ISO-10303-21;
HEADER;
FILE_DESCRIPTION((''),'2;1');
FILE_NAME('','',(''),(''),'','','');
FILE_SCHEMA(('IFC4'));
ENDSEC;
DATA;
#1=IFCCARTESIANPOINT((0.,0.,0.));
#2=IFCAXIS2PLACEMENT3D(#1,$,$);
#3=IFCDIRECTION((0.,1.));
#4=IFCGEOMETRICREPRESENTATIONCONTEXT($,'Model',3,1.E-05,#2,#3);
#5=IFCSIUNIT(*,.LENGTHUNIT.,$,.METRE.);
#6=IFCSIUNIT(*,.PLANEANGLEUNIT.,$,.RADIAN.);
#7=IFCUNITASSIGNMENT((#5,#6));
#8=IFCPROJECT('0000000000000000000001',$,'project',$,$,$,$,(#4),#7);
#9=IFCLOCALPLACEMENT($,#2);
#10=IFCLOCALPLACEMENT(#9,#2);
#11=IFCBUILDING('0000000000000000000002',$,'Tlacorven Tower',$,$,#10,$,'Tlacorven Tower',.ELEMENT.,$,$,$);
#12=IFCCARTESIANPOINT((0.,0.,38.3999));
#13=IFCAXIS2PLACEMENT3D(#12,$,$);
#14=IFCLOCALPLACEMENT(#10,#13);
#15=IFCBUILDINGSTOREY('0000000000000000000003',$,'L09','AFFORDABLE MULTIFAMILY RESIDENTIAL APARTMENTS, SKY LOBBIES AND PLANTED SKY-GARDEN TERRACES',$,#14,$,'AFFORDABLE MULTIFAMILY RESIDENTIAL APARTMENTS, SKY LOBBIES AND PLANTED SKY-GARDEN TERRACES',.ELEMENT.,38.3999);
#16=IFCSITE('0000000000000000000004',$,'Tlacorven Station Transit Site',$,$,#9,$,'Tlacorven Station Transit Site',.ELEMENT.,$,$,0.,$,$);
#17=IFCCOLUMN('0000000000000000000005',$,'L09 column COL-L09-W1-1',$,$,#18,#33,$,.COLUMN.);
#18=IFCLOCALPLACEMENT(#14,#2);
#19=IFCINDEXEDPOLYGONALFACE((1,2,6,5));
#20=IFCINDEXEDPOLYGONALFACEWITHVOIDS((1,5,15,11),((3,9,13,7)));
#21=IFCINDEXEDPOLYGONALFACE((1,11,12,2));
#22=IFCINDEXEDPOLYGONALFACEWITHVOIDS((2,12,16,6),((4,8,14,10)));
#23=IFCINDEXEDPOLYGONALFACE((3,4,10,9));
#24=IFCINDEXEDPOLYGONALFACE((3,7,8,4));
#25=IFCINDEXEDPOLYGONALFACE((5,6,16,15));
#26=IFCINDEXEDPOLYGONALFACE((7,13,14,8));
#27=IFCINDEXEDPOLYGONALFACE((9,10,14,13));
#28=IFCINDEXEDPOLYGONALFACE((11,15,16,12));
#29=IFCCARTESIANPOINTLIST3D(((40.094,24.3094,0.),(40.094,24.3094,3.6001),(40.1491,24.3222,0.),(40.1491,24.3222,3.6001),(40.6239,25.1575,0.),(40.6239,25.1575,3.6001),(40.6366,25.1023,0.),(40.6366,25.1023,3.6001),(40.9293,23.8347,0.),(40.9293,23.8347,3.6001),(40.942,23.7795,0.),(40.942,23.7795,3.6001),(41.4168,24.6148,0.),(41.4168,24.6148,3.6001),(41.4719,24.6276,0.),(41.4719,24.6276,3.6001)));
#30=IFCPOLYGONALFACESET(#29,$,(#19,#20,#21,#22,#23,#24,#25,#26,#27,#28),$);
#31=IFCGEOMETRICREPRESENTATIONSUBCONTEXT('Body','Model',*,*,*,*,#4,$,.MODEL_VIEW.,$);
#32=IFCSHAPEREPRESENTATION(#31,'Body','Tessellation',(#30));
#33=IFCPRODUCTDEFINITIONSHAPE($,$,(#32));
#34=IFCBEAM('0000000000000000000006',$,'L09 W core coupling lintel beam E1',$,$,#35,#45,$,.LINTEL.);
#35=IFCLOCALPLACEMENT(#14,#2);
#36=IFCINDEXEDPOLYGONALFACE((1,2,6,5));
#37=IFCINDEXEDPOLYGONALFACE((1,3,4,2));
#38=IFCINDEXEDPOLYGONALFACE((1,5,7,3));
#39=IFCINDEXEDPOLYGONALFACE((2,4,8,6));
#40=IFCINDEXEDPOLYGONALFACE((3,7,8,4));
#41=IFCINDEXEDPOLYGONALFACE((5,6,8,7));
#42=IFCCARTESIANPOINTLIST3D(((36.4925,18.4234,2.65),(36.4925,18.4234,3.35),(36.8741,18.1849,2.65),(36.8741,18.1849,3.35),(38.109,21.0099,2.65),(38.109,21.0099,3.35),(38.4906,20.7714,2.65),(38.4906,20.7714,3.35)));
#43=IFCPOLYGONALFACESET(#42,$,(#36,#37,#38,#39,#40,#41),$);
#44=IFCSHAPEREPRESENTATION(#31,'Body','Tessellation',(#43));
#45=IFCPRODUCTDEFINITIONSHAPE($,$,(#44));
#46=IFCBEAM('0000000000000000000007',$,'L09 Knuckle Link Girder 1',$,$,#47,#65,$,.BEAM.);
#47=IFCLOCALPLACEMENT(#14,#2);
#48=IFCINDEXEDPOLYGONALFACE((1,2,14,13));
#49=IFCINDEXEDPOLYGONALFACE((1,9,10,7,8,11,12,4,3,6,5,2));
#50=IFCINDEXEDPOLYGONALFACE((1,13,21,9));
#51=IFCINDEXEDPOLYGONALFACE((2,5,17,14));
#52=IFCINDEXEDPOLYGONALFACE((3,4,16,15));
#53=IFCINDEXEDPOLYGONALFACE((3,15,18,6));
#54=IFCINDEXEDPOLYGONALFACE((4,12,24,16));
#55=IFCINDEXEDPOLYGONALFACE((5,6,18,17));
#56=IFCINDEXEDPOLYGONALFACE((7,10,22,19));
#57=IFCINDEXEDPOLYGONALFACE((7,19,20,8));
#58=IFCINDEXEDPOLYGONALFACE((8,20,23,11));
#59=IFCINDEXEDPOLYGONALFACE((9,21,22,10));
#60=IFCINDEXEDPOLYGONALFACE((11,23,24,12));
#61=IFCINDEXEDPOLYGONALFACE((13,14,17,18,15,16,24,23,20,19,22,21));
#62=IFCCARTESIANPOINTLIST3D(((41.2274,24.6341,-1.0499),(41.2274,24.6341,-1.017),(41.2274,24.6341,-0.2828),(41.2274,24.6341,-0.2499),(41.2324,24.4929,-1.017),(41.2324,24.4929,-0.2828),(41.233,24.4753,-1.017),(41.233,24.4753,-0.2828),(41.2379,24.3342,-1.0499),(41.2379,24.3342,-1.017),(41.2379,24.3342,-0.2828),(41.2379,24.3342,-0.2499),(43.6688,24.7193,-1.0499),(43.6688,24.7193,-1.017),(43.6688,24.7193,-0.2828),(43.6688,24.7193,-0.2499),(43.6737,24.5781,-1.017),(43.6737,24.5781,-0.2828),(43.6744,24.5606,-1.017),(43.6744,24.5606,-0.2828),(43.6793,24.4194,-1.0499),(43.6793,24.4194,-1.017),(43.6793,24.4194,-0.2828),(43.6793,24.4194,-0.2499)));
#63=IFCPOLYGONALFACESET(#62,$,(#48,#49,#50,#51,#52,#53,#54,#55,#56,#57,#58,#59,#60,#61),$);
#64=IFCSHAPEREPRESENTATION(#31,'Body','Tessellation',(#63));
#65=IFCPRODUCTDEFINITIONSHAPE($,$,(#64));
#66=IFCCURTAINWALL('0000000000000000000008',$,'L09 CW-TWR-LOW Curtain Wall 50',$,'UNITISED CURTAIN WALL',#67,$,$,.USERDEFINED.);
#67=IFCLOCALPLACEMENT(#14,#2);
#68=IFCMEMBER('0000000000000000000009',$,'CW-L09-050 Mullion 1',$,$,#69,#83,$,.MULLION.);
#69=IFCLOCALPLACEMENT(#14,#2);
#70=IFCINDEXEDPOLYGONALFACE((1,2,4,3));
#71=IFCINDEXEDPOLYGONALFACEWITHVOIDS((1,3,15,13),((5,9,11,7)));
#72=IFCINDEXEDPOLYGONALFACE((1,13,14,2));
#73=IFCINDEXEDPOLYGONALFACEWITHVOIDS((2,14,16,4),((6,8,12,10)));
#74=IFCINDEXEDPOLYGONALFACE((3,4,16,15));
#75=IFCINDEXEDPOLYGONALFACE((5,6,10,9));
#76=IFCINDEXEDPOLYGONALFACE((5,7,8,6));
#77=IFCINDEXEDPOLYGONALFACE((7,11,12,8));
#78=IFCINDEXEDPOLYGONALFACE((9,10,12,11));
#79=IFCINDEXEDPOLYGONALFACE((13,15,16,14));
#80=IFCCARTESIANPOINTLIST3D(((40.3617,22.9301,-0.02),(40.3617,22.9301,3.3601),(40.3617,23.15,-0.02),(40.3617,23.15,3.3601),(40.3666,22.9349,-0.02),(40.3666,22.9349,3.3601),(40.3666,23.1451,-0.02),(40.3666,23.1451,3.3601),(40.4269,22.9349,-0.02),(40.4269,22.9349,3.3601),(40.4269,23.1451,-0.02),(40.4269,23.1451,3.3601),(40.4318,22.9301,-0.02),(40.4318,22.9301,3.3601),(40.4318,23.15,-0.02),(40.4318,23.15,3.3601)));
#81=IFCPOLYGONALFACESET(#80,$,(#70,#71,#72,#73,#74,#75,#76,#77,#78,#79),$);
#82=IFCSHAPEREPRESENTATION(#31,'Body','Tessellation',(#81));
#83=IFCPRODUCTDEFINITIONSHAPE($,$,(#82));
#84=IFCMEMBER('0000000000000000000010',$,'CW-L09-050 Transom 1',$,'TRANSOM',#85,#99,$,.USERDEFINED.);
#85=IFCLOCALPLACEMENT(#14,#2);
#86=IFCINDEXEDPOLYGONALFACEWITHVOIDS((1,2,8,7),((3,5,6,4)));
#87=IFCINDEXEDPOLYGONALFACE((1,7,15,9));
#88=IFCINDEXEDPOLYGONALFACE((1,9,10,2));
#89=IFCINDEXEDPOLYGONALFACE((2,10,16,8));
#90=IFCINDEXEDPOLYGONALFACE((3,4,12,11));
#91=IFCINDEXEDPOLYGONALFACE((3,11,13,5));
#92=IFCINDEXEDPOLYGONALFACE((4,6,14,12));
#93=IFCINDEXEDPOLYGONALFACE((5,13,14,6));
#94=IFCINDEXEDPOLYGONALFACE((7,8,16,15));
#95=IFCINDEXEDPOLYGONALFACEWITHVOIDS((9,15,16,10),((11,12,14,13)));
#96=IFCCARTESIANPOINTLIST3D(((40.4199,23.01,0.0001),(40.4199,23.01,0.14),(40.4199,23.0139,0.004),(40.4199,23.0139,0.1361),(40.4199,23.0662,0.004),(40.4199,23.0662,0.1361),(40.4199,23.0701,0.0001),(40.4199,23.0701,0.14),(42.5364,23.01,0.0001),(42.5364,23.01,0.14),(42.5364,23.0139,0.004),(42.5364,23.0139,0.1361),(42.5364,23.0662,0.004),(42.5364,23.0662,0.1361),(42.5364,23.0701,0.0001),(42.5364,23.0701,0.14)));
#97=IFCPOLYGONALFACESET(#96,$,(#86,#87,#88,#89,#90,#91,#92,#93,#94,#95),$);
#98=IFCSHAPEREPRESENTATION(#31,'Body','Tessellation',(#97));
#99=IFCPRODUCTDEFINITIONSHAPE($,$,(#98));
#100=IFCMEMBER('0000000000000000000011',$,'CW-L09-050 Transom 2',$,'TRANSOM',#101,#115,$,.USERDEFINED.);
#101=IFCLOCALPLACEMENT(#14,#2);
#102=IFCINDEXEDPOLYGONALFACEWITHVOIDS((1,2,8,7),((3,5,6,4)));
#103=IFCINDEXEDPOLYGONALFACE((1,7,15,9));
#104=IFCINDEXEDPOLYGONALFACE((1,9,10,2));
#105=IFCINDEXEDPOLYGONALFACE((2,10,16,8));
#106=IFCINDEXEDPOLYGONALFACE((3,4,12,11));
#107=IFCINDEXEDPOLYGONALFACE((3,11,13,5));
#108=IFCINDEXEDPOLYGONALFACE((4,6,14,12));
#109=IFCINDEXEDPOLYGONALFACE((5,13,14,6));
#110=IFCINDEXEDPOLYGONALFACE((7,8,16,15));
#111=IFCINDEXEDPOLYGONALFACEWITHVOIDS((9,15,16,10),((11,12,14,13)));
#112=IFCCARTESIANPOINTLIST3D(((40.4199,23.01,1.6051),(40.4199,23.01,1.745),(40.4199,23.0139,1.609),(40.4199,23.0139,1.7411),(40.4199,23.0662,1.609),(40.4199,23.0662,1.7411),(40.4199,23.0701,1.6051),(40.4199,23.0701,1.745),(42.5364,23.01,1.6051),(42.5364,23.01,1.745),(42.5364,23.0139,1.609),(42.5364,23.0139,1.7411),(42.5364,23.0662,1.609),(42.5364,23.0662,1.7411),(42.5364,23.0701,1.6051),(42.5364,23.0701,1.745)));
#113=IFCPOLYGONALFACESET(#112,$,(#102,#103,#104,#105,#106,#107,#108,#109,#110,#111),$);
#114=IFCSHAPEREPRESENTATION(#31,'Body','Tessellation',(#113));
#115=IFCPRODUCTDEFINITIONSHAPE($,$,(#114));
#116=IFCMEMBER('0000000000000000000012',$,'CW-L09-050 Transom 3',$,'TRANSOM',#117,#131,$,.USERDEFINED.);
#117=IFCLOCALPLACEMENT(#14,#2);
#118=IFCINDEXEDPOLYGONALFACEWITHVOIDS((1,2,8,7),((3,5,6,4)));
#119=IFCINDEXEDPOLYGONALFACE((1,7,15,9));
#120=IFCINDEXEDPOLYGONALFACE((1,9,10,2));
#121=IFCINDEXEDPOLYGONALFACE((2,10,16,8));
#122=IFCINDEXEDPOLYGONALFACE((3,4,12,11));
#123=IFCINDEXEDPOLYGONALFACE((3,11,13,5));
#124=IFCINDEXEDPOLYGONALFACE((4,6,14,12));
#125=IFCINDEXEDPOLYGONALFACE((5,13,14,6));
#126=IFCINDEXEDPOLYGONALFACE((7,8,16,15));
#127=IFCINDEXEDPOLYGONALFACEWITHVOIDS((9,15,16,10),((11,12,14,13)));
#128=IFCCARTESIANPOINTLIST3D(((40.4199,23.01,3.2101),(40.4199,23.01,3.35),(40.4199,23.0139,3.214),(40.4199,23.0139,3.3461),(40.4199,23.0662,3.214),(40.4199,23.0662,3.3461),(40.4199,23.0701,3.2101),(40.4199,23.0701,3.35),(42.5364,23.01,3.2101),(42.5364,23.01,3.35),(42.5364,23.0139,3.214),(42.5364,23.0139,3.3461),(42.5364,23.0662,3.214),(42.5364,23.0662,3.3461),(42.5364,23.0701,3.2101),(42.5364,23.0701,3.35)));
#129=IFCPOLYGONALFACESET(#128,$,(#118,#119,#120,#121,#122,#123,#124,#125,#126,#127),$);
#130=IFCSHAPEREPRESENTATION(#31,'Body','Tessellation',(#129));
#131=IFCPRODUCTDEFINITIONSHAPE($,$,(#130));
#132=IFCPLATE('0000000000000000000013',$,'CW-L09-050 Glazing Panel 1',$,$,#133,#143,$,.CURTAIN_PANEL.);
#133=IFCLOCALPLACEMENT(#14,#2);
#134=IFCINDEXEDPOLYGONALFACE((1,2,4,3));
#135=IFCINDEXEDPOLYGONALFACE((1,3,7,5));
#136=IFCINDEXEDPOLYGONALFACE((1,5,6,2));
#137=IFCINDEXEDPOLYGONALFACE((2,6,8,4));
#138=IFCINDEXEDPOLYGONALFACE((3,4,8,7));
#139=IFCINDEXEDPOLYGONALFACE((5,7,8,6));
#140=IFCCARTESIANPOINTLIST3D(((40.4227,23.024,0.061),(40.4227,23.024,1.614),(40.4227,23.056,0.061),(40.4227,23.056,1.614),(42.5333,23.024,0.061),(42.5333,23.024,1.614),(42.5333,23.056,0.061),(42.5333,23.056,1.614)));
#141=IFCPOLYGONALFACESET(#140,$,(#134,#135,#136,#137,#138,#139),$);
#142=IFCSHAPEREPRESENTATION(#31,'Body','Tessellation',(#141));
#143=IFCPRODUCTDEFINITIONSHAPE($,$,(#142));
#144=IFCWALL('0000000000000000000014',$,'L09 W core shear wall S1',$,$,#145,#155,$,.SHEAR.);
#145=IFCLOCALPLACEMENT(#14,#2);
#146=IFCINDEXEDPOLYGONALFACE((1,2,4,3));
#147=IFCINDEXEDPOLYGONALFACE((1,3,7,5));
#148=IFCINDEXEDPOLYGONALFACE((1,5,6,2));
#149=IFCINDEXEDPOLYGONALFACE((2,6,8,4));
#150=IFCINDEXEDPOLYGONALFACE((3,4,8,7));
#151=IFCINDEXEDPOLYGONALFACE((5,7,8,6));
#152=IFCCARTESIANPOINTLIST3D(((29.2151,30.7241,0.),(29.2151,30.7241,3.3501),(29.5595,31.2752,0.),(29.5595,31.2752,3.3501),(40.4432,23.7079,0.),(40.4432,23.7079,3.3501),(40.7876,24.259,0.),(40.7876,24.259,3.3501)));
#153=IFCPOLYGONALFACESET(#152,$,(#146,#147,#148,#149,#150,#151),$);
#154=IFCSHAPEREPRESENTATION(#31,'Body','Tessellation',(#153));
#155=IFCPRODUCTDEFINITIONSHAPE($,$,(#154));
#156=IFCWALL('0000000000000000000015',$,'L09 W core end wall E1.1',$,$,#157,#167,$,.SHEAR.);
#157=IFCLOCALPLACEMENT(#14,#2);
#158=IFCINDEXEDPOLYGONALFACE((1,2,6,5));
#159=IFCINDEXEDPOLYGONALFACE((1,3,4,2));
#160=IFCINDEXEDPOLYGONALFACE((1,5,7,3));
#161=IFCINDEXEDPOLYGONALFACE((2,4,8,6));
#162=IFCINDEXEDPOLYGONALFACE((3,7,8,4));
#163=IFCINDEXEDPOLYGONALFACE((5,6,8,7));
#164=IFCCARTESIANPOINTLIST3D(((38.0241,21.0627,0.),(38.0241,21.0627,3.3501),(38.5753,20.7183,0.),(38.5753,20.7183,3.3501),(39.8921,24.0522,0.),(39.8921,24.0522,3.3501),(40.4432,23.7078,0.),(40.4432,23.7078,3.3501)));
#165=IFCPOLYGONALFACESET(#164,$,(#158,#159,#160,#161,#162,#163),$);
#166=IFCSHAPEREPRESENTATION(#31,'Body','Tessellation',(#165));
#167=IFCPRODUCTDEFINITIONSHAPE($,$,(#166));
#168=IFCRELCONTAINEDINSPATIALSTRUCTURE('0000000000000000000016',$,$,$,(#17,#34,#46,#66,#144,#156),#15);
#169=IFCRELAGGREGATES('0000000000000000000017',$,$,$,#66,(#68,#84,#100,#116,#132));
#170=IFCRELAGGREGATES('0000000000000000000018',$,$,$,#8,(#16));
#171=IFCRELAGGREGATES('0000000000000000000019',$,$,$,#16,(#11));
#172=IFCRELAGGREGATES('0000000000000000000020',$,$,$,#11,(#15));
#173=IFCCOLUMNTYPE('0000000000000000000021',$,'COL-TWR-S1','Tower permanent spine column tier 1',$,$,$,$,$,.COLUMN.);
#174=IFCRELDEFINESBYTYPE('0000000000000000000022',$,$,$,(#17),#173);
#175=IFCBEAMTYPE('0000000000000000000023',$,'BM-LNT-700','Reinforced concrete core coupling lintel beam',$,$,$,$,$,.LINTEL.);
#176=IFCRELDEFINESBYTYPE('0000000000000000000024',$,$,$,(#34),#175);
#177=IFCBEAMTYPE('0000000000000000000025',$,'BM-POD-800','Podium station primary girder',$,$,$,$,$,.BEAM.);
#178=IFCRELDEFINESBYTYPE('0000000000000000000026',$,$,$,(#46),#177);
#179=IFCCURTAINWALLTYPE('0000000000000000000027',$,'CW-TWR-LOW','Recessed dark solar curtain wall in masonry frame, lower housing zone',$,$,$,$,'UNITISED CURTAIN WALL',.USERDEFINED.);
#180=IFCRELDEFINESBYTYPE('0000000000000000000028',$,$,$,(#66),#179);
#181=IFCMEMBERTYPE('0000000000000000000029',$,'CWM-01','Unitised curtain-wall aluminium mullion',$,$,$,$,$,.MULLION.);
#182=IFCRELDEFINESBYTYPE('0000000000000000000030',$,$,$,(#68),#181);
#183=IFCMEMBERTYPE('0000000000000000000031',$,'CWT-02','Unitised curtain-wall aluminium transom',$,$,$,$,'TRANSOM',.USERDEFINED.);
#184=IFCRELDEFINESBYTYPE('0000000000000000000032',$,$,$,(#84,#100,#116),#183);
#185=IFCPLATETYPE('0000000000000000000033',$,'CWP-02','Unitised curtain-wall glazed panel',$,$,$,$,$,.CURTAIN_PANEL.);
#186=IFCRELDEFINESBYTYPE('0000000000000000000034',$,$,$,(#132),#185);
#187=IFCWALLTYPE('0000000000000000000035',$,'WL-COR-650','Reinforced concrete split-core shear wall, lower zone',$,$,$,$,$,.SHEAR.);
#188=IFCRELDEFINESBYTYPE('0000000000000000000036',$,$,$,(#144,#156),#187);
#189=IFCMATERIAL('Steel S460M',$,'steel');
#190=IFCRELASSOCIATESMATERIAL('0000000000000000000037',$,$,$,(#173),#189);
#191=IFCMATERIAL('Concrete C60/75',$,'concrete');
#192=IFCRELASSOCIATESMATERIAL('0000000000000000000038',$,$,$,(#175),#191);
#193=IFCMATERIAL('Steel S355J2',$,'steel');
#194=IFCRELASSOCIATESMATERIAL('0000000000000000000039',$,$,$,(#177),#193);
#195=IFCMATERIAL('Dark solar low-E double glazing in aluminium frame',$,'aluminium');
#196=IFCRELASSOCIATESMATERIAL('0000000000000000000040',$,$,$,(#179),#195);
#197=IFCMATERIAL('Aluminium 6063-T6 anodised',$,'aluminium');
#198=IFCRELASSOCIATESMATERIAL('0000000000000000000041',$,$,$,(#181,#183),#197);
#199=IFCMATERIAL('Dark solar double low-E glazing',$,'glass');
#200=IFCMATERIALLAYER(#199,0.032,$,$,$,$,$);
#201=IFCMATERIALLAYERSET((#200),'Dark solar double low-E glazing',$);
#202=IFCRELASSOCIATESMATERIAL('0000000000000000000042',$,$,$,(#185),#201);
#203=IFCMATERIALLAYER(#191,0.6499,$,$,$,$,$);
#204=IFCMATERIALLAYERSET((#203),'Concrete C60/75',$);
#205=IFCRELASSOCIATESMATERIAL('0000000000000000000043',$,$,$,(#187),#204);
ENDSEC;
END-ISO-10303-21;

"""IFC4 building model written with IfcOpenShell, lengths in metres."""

from ifc_helpers import new_model, si_unit, direction, frame, frame_2d, origin, origin_2d, place, context, subcontext, project, spatial, rectangle, hollow_rectangle, i_section, extrude, source, transform, mapped, material, layer, layer_set, material_profile, profile_set, type_object, element, aggregate, save


model = new_model("IFC4")

# Units and contexts
model_context = context("Model", 3, precision=1e-05, world=origin(), true_north=direction((0.0, 1.0)))
body_context = subcontext(model_context, "Body", "Model", "MODEL_VIEW")
ifc_project = project(units=[si_unit("LENGTHUNIT", "METRE"), si_unit("PLANEANGLEUNIT", "RADIAN")], contexts=[model_context])

# Site, building, storey
site_placement = place(None, origin())
site = spatial("IfcSite", under=ifc_project, at=site_placement, Name="Tlacorven Station Transit Site", LongName="Tlacorven Station Transit Site", CompositionType="ELEMENT", RefElevation=0.0)
building_placement = place(site_placement, origin())
building = spatial("IfcBuilding", under=site, at=building_placement, Name="Tlacorven Tower", LongName="Tlacorven Tower", CompositionType="ELEMENT")
storey_placement = place(building_placement, frame((0.0, 0.0, 38.3999)))
storey = spatial("IfcBuildingStorey", under=building, at=storey_placement, Name="L09", Description="AFFORDABLE MULTIFAMILY RESIDENTIAL APARTMENTS, SKY LOBBIES AND PLANTED SKY-GARDEN TERRACES", LongName="AFFORDABLE MULTIFAMILY RESIDENTIAL APARTMENTS, SKY LOBBIES AND PLANTED SKY-GARDEN TERRACES", CompositionType="ELEMENT", Elevation=38.3999)

# Column
ifc_material_1 = material(Name="Steel S460M", Category="steel")
ifc_material_profile_1 = material_profile(ifc_material_1, hollow_rectangle(XDim=1.0, YDim=1.0, WallThickness=0.04, at=origin_2d()), Name="BOX 1000X1000X40")
ifc_profile_set_1 = profile_set([ifc_material_profile_1], Name="Steel S460M")
column_type = type_object("IfcColumnType", Name="COL-TWR-S1", Description="Tower permanent spine column tier 1", PredefinedType="COLUMN", material=ifc_profile_set_1)
shared_shape_1 = source(origin(), body_context, "Body", "SweptSolid", [
    extrude(hollow_rectangle(XDim=1.0, YDim=1.0, WallThickness=0.04, at=origin_2d()), origin(), (0.0, 0.0, 1.0), 3.6001),
])
column_placement = place(storey_placement, frame((40.783, 24.4685, 0.0), z_axis=(0.0, 0.0, 1.0), x_axis=(-0.848048, 0.529919, 0.0)))
element("IfcColumn", 1, at=column_placement, inside=storey, type_object=column_type, Name="L09 column COL-L09-W1-1", PredefinedType="COLUMN", context=body_context, shape_type="MappedRepresentation", body=[
    mapped(shared_shape_1, transform((0.0, 0.0, 0.0), scale=1.0)),
])

# Beams
ifc_material_2 = material(Name="Concrete C60/75", Category="concrete")
ifc_material_profile_2 = material_profile(ifc_material_2, rectangle(XDim=0.45, YDim=0.7, at=origin_2d()), Name="RC 450X700")
ifc_profile_set_2 = profile_set([ifc_material_profile_2], Name="Concrete C60/75")
beam_type_1 = type_object("IfcBeamType", Name="BM-LNT-700", Description="Reinforced concrete core coupling lintel beam", PredefinedType="LINTEL", material=ifc_profile_set_2)
shared_shape_2 = source(origin(), body_context, "Body", "SweptSolid", [
    extrude(rectangle(XDim=0.45, YDim=0.7, at=origin_2d()), origin(), (0.0, 0.0, 1.0), 3.05),
])
beam_1_placement = place(storey_placement, frame((38.2998, 20.8906, 3.0), z_axis=(-0.529985, -0.848007, 0.0), x_axis=(0.848007, -0.529985, 0.0)))
element("IfcBeam", 2, at=beam_1_placement, inside=storey, type_object=beam_type_1, Name="L09 W core coupling lintel beam E1", PredefinedType="LINTEL", context=body_context, shape_type="MappedRepresentation", body=[
    mapped(shared_shape_2, transform((0.0, 0.0, 0.0), scale=1.0)),
])
ifc_material_3 = material(Name="Steel S355J2", Category="steel")
ifc_material_profile_3 = material_profile(ifc_material_3, i_section(OverallWidth=0.3, OverallDepth=0.8, WebThickness=0.0176, FlangeThickness=0.033, at=origin_2d()), Name="HEB 800")
ifc_profile_set_3 = profile_set([ifc_material_profile_3], Name="Steel S355J2")
beam_type_2 = type_object("IfcBeamType", Name="BM-POD-800", Description="Podium station primary girder", PredefinedType="BEAM", material=ifc_profile_set_3)
shared_shape_3 = source(origin(), body_context, "Body", "SweptSolid", [
    extrude(i_section(OverallWidth=0.3, OverallDepth=0.8, WebThickness=0.0176, FlangeThickness=0.033, at=origin_2d()), origin(), (0.0, 0.0, 1.0), 2.4429),
])
beam_2_placement = place(storey_placement, frame((41.2327, 24.4841, -0.6499), z_axis=(0.999392, 0.034879, 0.0), x_axis=(-0.034879, 0.999392, 0.0)))
element("IfcBeam", 3, at=beam_2_placement, inside=storey, type_object=beam_type_2, Name="L09 Knuckle Link Girder 1", PredefinedType="BEAM", context=body_context, shape_type="MappedRepresentation", body=[
    mapped(shared_shape_3, transform((0.0, 0.0, 0.0), scale=1.0)),
])

# Curtain wall, members, plate
ifc_material_4 = material(Name="Dark solar low-E double glazing in aluminium frame", Category="aluminium")
curtain_wall_type = type_object("IfcCurtainWallType", Name="CW-TWR-LOW", Description="Recessed dark solar curtain wall in masonry frame, lower housing zone", ElementType="UNITISED CURTAIN WALL", PredefinedType="USERDEFINED", material=ifc_material_4)
curtain_wall_placement = place(storey_placement, origin())
curtain_wall = element("IfcCurtainWall", 4, at=curtain_wall_placement, inside=storey, type_object=curtain_wall_type, Name="L09 CW-TWR-LOW Curtain Wall 50", ObjectType="UNITISED CURTAIN WALL", PredefinedType="USERDEFINED")
ifc_material_5 = material(Name="Aluminium 6063-T6 anodised", Category="aluminium")
ifc_material_profile_4 = material_profile(ifc_material_5, hollow_rectangle(XDim=0.0701, YDim=0.22, WallThickness=0.0049, at=origin_2d()), Name="ALU MULLION 70X220")
ifc_profile_set_4 = profile_set([ifc_material_profile_4], Name="Aluminium 6063-T6 anodised")
member_type_1 = type_object("IfcMemberType", Name="CWM-01", Description="Unitised curtain-wall aluminium mullion", PredefinedType="MULLION", material=ifc_profile_set_4)
shared_shape_4 = source(origin(), body_context, "Body", "SweptSolid", [
    extrude(hollow_rectangle(XDim=0.0701, YDim=0.22, WallThickness=0.0049, at=origin_2d()), origin(), (0.0, 0.0, 1.0), 3.3801),
])
member_1_placement = place(storey_placement, frame((40.3967, 23.04, -0.02), z_axis=(0.0, 0.0, 1.0), x_axis=(1.0, 0.0, 0.0)))
member_1 = element("IfcMember", 5, at=member_1_placement, type_object=member_type_1, Name="CW-L09-050 Mullion 1", PredefinedType="MULLION", context=body_context, shape_type="MappedRepresentation", body=[
    mapped(shared_shape_4, transform((0.0, 0.0, 0.0), scale=1.0)),
])
ifc_material_profile_5 = material_profile(ifc_material_5, hollow_rectangle(XDim=0.0601, YDim=0.1399, WallThickness=0.0039, at=origin_2d()), Name="ALU TRANSOM 60X140")
ifc_profile_set_5 = profile_set([ifc_material_profile_5], Name="Aluminium 6063-T6 anodised")
member_type_2 = type_object("IfcMemberType", Name="CWT-02", Description="Unitised curtain-wall aluminium transom", ElementType="TRANSOM", PredefinedType="USERDEFINED", material=ifc_profile_set_5)
shared_shape_5 = source(origin(), body_context, "Body", "SweptSolid", [
    extrude(hollow_rectangle(XDim=0.0601, YDim=0.1399, WallThickness=0.0039, at=origin_2d()), origin(), (0.0, 0.0, 1.0), 2.1165),
])
member_2_placement = place(storey_placement, frame((40.4199, 23.04, 0.0701), z_axis=(1.0, 0.0, 0.0), x_axis=(0.0, 1.0, 0.0)))
member_2 = element("IfcMember", 6, at=member_2_placement, type_object=member_type_2, Name="CW-L09-050 Transom 1", ObjectType="TRANSOM", PredefinedType="USERDEFINED", context=body_context, shape_type="MappedRepresentation", body=[
    mapped(shared_shape_5, transform((0.0, 0.0, 0.0), scale=1.0)),
])
member_3_placement = place(storey_placement, frame((40.4199, 23.04, 1.675), z_axis=(1.0, 0.0, 0.0), x_axis=(0.0, 1.0, 0.0)))
member_3 = element("IfcMember", 7, at=member_3_placement, type_object=member_type_2, Name="CW-L09-050 Transom 2", ObjectType="TRANSOM", PredefinedType="USERDEFINED", context=body_context, shape_type="MappedRepresentation", body=[
    mapped(shared_shape_5, transform((0.0, 0.0, 0.0), scale=1.0)),
])
member_4_placement = place(storey_placement, frame((40.4199, 23.04, 3.28), z_axis=(1.0, 0.0, 0.0), x_axis=(0.0, 1.0, 0.0)))
member_4 = element("IfcMember", 8, at=member_4_placement, type_object=member_type_2, Name="CW-L09-050 Transom 3", ObjectType="TRANSOM", PredefinedType="USERDEFINED", context=body_context, shape_type="MappedRepresentation", body=[
    mapped(shared_shape_5, transform((0.0, 0.0, 0.0), scale=1.0)),
])
ifc_material_6 = material(Name="Dark solar double low-E glazing", Category="glass")
ifc_layer_1 = layer(ifc_material_6, 0.032)
ifc_layer_set_1 = layer_set([ifc_layer_1], Name="Dark solar double low-E glazing")
plate_type = type_object("IfcPlateType", Name="CWP-02", Description="Unitised curtain-wall glazed panel", PredefinedType="CURTAIN_PANEL", material=ifc_layer_set_1)
shared_shape_6 = source(origin(), body_context, "Body", "SweptSolid", [
    extrude(rectangle(XDim=2.1106, YDim=0.032, at=origin_2d()), origin(), (0.0, 0.0, 1.0), 1.553),
])
plate_placement = place(storey_placement, frame((41.478, 23.04, 0.061), z_axis=(0.0, 0.0, 1.0), x_axis=(1.0, 0.0, 0.0)))
plate = element("IfcPlate", 9, at=plate_placement, type_object=plate_type, Name="CW-L09-050 Glazing Panel 1", PredefinedType="CURTAIN_PANEL", context=body_context, shape_type="MappedRepresentation", body=[
    mapped(shared_shape_6, transform((0.0, 0.0, 0.0), scale=1.0)),
])
aggregate(curtain_wall, [member_1, member_2, member_3, member_4, plate])

# Walls
ifc_layer_2 = layer(ifc_material_2, 0.6499)
ifc_layer_set_2 = layer_set([ifc_layer_2], Name="Concrete C60/75")
wall_type_1 = type_object("IfcWallType", Name="WL-COR-650", Description="Reinforced concrete split-core shear wall, lower zone", PredefinedType="SHEAR", material=ifc_layer_set_2)
wall_1_placement = place(storey_placement, frame((40.6155, 23.9834, 0.0), z_axis=(0.0, 0.0, 1.0), x_axis=(-0.848046, 0.529923, 0.0)))
element("IfcWall", 10, at=wall_1_placement, inside=storey, type_object=wall_type_1, Name="L09 W core shear wall S1", PredefinedType="SHEAR", context=body_context, shape_type="SweptSolid", body=[
    extrude(rectangle(XDim=13.24, YDim=0.6499, at=frame_2d((6.6201, 0.0))), origin(), (0.0, 0.0, 1.0), 3.3501),
])
wall_2_placement = place(storey_placement, frame((40.1677, 23.8801, 0.0), z_axis=(0.0, 0.0, 1.0), x_axis=(-0.529893, -0.848064, 0.0)))
element("IfcWall", 11, at=wall_2_placement, inside=storey, type_object=wall_type_1, Name="L09 W core end wall E1.1", PredefinedType="SHEAR", context=body_context, shape_type="SweptSolid", body=[
    extrude(rectangle(XDim=3.5251, YDim=0.6499, at=frame_2d((1.7627, 0.0))), origin(), (0.0, 0.0, 1.0), 3.3501),
])

save(model, "model.ifc")
